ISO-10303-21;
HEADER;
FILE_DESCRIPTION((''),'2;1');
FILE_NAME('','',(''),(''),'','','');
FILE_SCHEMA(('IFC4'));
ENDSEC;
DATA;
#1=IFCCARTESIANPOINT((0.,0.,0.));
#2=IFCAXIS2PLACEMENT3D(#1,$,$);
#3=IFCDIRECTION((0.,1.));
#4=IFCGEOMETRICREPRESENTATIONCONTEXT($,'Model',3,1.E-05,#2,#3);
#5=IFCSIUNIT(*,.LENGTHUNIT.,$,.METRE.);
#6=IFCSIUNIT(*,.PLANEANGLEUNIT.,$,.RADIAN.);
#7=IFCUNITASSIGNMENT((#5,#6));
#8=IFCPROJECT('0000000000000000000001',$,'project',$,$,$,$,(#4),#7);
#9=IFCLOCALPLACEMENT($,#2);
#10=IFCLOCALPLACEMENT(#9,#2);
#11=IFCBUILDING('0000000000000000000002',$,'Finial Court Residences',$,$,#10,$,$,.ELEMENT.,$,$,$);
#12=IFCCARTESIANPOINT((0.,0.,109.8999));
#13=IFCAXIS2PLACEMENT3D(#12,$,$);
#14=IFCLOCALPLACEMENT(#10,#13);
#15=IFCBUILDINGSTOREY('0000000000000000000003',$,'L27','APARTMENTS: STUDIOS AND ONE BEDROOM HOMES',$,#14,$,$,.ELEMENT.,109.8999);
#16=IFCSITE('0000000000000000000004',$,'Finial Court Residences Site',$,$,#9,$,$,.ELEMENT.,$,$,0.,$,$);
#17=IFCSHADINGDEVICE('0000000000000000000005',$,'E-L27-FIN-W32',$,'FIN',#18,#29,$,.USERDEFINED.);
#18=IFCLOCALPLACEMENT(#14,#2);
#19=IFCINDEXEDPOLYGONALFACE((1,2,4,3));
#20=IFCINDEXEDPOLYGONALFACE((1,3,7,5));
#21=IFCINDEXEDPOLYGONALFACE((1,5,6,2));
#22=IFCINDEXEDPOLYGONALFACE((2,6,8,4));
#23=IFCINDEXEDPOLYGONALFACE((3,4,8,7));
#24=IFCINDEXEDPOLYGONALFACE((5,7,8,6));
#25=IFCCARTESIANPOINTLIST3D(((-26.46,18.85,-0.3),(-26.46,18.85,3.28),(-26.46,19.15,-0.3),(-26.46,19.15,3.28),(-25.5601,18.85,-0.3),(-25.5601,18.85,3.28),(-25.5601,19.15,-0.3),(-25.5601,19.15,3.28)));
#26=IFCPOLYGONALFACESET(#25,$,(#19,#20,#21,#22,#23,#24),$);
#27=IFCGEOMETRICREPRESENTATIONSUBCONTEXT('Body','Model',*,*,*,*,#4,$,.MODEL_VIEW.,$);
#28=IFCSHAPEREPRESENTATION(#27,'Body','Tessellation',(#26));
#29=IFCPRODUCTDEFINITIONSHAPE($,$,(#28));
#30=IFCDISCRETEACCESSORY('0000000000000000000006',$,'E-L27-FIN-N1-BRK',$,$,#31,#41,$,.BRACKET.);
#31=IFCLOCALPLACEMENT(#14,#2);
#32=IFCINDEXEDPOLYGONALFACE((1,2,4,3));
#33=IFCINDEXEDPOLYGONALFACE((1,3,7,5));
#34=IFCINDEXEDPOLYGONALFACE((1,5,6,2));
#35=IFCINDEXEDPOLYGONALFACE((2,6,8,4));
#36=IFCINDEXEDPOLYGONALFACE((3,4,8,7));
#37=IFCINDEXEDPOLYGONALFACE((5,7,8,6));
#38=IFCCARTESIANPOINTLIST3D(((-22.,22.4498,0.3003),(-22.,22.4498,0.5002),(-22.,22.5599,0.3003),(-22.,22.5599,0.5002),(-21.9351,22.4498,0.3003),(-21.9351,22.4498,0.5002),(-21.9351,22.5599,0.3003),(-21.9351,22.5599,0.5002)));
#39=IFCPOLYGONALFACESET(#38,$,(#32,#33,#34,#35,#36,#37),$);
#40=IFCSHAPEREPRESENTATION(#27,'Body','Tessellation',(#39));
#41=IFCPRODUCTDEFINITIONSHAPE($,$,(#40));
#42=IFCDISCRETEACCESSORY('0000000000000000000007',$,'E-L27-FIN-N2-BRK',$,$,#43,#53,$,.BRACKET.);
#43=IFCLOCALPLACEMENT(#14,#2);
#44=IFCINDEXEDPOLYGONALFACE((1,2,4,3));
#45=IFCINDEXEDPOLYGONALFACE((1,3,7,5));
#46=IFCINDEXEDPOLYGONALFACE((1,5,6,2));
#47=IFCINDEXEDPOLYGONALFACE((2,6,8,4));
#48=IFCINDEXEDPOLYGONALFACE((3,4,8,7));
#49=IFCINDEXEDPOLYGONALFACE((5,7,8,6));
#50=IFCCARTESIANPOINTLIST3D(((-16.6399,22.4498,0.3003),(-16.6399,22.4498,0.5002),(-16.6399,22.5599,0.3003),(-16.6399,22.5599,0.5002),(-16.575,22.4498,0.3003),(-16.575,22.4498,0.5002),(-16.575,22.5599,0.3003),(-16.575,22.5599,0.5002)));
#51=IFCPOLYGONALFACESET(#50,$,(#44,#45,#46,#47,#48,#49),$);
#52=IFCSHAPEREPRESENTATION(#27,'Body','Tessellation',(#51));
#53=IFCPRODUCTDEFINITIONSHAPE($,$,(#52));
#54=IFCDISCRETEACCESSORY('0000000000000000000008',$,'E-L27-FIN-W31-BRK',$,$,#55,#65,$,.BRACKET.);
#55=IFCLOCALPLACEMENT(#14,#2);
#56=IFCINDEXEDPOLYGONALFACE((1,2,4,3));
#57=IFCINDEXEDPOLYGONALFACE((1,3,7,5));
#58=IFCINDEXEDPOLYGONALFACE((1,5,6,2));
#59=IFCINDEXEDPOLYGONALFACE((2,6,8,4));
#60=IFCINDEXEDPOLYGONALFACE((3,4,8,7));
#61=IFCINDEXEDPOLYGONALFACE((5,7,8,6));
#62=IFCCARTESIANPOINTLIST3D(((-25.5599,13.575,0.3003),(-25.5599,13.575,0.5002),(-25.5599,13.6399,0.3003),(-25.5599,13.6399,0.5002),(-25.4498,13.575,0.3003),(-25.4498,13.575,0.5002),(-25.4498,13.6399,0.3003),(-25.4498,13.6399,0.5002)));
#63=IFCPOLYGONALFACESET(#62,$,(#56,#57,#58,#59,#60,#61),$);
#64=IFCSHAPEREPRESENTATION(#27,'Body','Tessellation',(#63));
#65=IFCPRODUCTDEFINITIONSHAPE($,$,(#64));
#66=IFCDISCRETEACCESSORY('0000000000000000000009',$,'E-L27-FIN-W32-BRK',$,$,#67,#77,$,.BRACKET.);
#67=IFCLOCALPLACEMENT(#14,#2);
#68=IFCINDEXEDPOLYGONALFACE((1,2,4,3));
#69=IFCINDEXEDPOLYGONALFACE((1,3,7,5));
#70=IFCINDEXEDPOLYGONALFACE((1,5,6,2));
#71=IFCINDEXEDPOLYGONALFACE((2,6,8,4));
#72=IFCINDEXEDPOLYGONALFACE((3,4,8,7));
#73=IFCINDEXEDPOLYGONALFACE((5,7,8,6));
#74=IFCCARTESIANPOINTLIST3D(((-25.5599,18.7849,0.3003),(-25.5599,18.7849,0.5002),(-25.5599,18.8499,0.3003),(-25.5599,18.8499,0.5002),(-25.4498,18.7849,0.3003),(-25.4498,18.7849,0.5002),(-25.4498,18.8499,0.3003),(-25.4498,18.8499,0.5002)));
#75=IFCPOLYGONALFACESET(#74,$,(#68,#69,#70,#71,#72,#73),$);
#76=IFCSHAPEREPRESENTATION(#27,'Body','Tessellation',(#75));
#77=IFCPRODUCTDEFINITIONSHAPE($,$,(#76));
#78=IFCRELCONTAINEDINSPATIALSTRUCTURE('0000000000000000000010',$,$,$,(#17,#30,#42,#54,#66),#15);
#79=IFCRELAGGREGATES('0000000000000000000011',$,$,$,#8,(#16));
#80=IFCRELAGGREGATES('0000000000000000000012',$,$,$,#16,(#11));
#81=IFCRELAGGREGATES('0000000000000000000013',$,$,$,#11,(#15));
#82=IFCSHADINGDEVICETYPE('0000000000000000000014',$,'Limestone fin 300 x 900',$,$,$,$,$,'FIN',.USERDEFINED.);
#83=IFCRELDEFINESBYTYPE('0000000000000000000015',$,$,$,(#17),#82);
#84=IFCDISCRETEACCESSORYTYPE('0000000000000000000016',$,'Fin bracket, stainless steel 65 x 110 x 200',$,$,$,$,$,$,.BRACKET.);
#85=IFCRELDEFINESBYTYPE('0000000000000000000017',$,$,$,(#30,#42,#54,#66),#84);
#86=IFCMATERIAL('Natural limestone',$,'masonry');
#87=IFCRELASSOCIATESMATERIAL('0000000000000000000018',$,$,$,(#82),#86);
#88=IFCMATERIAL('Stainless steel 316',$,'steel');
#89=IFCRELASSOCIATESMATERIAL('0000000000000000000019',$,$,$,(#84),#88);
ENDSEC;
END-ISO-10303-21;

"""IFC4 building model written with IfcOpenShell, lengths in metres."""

from ifc_helpers import new_model, si_unit, direction, frame, origin, origin_2d, place, context, subcontext, project, spatial, rectangle, extrude, material, type_object, element, save


model = new_model("IFC4")

# Units and contexts
model_context = context("Model", 3, precision=1e-05, world=origin(), true_north=direction((0.0, 1.0)))
body_context = subcontext(model_context, "Body", "Model", "MODEL_VIEW")
ifc_project = project(units=[si_unit("LENGTHUNIT", "METRE"), si_unit("PLANEANGLEUNIT", "RADIAN")], contexts=[model_context])

# Site, building, storey
site_placement = place(None, origin())
site = spatial("IfcSite", under=ifc_project, at=site_placement, Name="Finial Court Residences Site", CompositionType="ELEMENT", RefElevation=0.0)
building_placement = place(site_placement, origin())
building = spatial("IfcBuilding", under=site, at=building_placement, Name="Finial Court Residences", CompositionType="ELEMENT")
storey_placement = place(building_placement, frame((0.0, 0.0, 109.8999)))
storey = spatial("IfcBuildingStorey", under=building, at=storey_placement, Name="L27", Description="APARTMENTS: STUDIOS AND ONE BEDROOM HOMES", CompositionType="ELEMENT", Elevation=109.8999)

# Shared definitions
ifc_material_1 = material(Name="Natural limestone", Category="masonry")

# Shading device
shading_device_type = type_object("IfcShadingDeviceType", Name="Limestone fin 300 x 900", ElementType="FIN", PredefinedType="USERDEFINED", material=ifc_material_1)
shading_device_1_placement = place(storey_placement, frame((-26.01, 19.0, -0.3), z_axis=(0.0, 0.0, 1.0), x_axis=(1.0, 0.0, 0.0)))
element("IfcShadingDevice", 1, at=shading_device_1_placement, inside=storey, type_object=shading_device_type, Name="E-L27-FIN-W32", ObjectType="FIN", PredefinedType="USERDEFINED", context=body_context, shape_type="SweptSolid", body=[
    extrude(rectangle(XDim=0.8999, YDim=0.3, at=origin_2d()), origin(), (0.0, 0.0, 1.0), 3.5801),
])

# Discrete accessories
ifc_material_2 = material(Name="Stainless steel 316", Category="steel")
discrete_accessory_type = type_object("IfcDiscreteAccessoryType", Name="Fin bracket, stainless steel 65 x 110 x 200", PredefinedType="BRACKET", material=ifc_material_2)
for number, where, z_axis, x_axis, name in (
    (2, (-21.9675, 22.5049, 0.3003), (0.0, 0.0, 1.0), (1.0, 0.0, 0.0), "E-L27-FIN-N1-BRK"),
    (3, (-16.6074, 22.5049, 0.3003), (0.0, 0.0, 1.0), (1.0, 0.0, 0.0), "E-L27-FIN-N2-BRK"),
):
    element("IfcDiscreteAccessory", number, at=place(storey_placement, frame(where, z_axis=z_axis, x_axis=x_axis)), inside=storey, type_object=discrete_accessory_type, Name=name, PredefinedType="BRACKET", context=body_context, shape_type="SweptSolid", body=[
        extrude(rectangle(XDim=0.0649, YDim=0.1101, at=origin_2d()), origin(), (0.0, 0.0, 1.0), 0.2),
    ])
for number, where, z_axis, x_axis, name in (
    (4, (-25.5049, 13.6074, 0.3003), (0.0, 0.0, 1.0), (1.0, 0.0, 0.0), "E-L27-FIN-W31-BRK"),
    (5, (-25.5049, 18.8174, 0.3003), (0.0, 0.0, 1.0), (1.0, 0.0, 0.0), "E-L27-FIN-W32-BRK"),
):
    element("IfcDiscreteAccessory", number, at=place(storey_placement, frame(where, z_axis=z_axis, x_axis=x_axis)), inside=storey, type_object=discrete_accessory_type, Name=name, PredefinedType="BRACKET", context=body_context, shape_type="SweptSolid", body=[
        extrude(rectangle(XDim=0.1101, YDim=0.0649, at=origin_2d()), origin(), (0.0, 0.0, 1.0), 0.2),
    ])

save(model, "model.ifc")
